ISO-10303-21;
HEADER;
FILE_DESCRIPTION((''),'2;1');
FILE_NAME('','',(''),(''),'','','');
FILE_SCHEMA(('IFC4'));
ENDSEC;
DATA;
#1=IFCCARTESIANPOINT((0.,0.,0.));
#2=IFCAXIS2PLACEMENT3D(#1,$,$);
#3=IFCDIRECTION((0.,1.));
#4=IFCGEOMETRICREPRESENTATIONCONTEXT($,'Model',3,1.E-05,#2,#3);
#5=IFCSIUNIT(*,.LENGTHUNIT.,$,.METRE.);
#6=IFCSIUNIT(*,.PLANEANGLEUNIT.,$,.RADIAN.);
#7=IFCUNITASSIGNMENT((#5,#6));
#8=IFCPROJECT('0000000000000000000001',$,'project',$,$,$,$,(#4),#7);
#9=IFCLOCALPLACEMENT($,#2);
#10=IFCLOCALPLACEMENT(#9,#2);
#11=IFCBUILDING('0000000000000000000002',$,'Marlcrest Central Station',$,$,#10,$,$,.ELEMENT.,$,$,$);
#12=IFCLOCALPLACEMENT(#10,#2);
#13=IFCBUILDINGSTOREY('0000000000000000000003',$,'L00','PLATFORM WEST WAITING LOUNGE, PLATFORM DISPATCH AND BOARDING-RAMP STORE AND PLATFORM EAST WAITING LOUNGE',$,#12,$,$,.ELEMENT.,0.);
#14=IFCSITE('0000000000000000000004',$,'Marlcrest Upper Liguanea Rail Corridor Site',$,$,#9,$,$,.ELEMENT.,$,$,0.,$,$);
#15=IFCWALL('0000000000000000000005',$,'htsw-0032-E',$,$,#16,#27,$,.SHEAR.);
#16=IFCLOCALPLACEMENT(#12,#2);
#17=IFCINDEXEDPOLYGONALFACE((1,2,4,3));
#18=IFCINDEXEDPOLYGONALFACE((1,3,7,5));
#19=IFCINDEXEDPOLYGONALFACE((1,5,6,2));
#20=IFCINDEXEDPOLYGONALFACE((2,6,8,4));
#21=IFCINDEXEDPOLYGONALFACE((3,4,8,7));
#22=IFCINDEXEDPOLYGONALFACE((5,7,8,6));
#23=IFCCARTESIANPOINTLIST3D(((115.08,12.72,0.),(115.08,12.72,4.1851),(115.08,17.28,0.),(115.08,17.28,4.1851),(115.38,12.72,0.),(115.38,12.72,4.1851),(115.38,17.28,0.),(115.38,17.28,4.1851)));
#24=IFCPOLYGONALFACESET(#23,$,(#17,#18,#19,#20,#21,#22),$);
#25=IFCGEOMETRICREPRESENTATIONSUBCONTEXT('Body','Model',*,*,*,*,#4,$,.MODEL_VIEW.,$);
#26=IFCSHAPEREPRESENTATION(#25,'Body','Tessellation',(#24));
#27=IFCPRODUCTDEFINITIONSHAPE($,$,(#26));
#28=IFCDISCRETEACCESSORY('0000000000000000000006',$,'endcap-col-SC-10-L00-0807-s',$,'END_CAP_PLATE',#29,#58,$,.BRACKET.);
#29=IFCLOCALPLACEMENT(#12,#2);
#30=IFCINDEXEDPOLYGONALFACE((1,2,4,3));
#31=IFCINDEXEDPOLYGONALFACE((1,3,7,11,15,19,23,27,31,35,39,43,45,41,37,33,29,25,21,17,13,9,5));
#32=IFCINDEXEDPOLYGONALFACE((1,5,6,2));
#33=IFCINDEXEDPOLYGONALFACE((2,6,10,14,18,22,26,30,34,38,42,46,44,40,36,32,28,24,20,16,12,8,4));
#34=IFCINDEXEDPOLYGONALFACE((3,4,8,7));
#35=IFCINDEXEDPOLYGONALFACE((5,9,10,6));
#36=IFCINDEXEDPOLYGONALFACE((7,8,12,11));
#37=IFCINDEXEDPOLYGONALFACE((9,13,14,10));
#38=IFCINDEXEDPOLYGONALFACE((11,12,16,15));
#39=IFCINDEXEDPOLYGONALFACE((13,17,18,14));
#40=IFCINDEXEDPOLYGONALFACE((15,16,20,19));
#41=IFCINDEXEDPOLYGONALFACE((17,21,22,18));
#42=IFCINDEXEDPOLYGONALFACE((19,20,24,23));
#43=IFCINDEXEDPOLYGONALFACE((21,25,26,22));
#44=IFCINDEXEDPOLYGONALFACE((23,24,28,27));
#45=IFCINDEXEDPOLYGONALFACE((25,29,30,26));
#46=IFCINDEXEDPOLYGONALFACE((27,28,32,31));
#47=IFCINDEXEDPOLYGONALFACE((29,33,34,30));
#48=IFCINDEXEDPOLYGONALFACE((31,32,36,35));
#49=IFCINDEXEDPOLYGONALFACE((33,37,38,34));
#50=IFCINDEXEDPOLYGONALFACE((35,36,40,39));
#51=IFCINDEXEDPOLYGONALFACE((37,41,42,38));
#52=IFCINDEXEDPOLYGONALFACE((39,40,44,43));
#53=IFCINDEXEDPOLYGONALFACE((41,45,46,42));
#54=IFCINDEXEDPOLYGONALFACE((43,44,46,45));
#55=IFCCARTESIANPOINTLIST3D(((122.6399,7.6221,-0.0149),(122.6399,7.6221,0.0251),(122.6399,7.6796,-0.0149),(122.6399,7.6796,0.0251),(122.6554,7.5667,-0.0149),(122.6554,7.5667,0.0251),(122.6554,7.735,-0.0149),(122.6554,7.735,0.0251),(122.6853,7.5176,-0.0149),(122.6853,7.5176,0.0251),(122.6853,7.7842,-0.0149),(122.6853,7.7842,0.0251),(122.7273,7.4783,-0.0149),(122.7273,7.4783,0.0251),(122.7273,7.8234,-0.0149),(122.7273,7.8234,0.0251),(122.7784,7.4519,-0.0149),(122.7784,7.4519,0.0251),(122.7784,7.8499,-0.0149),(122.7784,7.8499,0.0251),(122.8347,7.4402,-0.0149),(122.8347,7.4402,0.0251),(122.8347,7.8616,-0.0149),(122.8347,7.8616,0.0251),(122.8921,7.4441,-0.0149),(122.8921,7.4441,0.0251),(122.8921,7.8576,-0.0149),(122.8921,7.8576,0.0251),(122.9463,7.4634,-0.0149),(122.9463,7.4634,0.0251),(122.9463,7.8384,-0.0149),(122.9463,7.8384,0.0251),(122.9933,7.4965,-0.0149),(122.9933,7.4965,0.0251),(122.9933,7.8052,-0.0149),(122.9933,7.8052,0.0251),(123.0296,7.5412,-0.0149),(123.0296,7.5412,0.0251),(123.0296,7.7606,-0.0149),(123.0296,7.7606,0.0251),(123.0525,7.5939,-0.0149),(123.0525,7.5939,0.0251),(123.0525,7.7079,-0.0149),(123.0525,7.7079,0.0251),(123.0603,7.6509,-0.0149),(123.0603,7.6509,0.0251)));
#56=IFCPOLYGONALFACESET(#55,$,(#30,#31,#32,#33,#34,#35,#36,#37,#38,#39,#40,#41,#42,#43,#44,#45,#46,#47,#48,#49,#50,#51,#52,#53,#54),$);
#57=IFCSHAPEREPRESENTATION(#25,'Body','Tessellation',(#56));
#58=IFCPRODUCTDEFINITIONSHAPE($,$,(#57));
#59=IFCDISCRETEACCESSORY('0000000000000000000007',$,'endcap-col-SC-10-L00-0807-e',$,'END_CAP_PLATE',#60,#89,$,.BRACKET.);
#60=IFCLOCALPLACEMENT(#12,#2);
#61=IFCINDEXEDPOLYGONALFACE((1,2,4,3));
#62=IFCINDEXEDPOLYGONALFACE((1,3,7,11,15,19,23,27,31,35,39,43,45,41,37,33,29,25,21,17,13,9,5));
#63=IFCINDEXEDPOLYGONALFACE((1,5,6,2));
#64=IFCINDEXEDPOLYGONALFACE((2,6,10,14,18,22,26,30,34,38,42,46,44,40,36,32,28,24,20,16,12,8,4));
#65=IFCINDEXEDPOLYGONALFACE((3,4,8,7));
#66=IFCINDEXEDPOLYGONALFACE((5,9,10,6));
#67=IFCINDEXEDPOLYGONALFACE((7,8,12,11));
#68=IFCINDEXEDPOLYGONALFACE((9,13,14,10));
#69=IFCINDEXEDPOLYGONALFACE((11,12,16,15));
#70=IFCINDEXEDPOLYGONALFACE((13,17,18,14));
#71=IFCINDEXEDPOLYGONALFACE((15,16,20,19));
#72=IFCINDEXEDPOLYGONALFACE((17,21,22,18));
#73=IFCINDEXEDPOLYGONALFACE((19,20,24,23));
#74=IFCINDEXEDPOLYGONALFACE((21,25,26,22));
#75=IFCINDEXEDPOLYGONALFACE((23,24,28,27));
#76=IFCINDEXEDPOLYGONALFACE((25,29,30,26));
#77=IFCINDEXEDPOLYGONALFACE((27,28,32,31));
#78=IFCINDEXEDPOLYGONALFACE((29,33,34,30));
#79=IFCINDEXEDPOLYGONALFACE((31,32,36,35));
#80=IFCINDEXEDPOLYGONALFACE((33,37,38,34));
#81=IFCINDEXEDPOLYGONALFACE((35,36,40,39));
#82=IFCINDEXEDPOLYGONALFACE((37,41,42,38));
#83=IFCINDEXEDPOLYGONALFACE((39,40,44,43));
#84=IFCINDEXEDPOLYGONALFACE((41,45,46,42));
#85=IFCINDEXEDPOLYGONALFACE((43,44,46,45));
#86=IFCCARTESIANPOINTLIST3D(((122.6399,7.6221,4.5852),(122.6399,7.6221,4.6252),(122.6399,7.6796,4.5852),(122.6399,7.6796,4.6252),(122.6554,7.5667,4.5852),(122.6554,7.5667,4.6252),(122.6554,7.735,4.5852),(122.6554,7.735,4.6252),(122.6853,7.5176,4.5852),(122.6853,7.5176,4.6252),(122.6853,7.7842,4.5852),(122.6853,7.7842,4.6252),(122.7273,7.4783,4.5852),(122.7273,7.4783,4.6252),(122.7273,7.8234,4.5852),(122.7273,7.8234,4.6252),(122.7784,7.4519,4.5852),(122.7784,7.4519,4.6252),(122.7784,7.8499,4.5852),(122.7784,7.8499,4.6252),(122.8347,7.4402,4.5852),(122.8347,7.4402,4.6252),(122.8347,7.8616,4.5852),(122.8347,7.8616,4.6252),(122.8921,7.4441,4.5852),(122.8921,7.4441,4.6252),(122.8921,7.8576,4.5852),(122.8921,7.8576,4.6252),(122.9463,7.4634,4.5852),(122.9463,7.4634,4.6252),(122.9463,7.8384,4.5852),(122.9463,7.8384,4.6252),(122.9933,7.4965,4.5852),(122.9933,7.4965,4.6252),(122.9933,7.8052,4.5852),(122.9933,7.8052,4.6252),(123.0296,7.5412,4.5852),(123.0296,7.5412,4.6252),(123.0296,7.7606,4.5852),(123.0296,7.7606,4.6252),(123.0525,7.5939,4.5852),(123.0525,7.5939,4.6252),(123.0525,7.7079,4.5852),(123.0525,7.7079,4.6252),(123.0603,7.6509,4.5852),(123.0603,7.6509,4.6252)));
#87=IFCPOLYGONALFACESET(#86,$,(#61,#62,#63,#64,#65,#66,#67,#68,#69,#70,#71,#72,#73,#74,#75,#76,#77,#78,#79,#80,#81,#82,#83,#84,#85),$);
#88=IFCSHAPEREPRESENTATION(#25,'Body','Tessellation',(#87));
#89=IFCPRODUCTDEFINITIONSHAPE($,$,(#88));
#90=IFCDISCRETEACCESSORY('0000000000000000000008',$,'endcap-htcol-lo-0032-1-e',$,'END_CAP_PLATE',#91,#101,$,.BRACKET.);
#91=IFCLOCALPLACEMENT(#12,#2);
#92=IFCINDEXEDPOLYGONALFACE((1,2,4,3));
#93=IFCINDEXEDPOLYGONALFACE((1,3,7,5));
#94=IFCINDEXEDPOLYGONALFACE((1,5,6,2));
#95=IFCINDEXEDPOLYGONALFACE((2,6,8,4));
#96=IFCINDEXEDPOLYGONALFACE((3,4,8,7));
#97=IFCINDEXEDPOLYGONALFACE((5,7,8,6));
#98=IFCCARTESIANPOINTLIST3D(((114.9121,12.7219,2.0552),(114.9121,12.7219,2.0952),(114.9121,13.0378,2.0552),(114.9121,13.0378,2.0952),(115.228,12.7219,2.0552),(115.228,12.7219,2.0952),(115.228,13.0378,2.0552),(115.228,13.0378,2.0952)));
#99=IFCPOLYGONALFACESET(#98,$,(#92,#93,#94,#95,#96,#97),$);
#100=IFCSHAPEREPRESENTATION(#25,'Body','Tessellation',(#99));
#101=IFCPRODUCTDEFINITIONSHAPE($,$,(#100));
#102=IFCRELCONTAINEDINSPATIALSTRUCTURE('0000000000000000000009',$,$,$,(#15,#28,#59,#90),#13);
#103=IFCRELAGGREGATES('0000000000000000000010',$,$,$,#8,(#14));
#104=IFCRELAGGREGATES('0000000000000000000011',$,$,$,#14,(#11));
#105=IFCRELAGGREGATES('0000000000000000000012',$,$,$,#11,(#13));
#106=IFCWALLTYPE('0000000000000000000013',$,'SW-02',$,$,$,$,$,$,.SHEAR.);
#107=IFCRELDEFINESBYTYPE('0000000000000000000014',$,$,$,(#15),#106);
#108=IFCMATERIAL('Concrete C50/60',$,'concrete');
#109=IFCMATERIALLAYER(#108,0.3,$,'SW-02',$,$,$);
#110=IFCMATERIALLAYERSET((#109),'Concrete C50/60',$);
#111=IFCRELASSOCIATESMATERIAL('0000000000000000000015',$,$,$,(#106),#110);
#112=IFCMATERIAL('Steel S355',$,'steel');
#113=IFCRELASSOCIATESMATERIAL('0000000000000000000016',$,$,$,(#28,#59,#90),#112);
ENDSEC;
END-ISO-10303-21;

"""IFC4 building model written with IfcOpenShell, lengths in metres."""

from ifc_helpers import new_model, si_unit, direction, frame, frame_2d, origin, origin_2d, place, context, subcontext, project, spatial, rectangle, circle, extrude, material, layer, layer_set, type_object, element, save


model = new_model("IFC4")

# Units and contexts
model_context = context("Model", 3, precision=1e-05, world=origin(), true_north=direction((0.0, 1.0)))
body_context = subcontext(model_context, "Body", "Model", "MODEL_VIEW")
ifc_project = project(units=[si_unit("LENGTHUNIT", "METRE"), si_unit("PLANEANGLEUNIT", "RADIAN")], contexts=[model_context])

# Site, building, storey
site_placement = place(None, origin())
site = spatial("IfcSite", under=ifc_project, at=site_placement, Name="Marlcrest Upper Liguanea Rail Corridor Site", CompositionType="ELEMENT", RefElevation=0.0)
building_placement = place(site_placement, origin())
building = spatial("IfcBuilding", under=site, at=building_placement, Name="Marlcrest Central Station", CompositionType="ELEMENT")
storey_placement = place(building_placement, origin())
storey = spatial("IfcBuildingStorey", under=building, at=storey_placement, Name="L00", Description="PLATFORM WEST WAITING LOUNGE, PLATFORM DISPATCH AND BOARDING-RAMP STORE AND PLATFORM EAST WAITING LOUNGE", CompositionType="ELEMENT", Elevation=0.0)

# Shared definitions
ifc_material_1 = material(Name="Steel S355", Category="steel")

# Wall
ifc_material_2 = material(Name="Concrete C50/60", Category="concrete")
ifc_layer_1 = layer(ifc_material_2, 0.3, Name="SW-02")
ifc_layer_set_1 = layer_set([ifc_layer_1], Name="Concrete C50/60")
wall_type_1 = type_object("IfcWallType", Name="SW-02", PredefinedType="SHEAR", material=ifc_layer_set_1)
wall_1_placement = place(storey_placement, frame((115.23, 12.72, 0.0), z_axis=(0.0, 0.0, 1.0), x_axis=(0.0, 1.0, 0.0)))
element("IfcWall", 1, at=wall_1_placement, inside=storey, type_object=wall_type_1, Name="htsw-0032-E", PredefinedType="SHEAR", context=body_context, shape_type="SweptSolid", body=[
    extrude(rectangle(XDim=4.5601, YDim=0.3, at=frame_2d((2.28, 0.0))), origin(), (0.0, 0.0, 1.0), 4.1851),
])

# Discrete accessories
for number, where, z_axis, x_axis, name in (
    (2, (122.8491, 7.6509, -0.0149), (0.0, 0.0, 1.0), (1.0, 0.0, 0.0), "endcap-col-SC-10-L00-0807-s"),
    (3, (122.8491, 7.6509, 4.5852), (0.0, 0.0, 1.0), (1.0, 0.0, 0.0), "endcap-col-SC-10-L00-0807-e"),
):
    element("IfcDiscreteAccessory", number, at=place(storey_placement, frame(where, z_axis=z_axis, x_axis=x_axis)), inside=storey, material=ifc_material_1, Name=name, ObjectType="END_CAP_PLATE", PredefinedType="BRACKET", context=body_context, shape_type="SweptSolid", body=[
        extrude(circle(Radius=0.2112, at=origin_2d()), origin(), (0.0, 0.0, 1.0), 0.04),
    ])
discrete_accessory_placement = place(storey_placement, frame((115.0701, 12.8799, 2.0552), z_axis=(0.0, 0.0, 1.0), x_axis=(1.0, 0.0, 0.0)))
element("IfcDiscreteAccessory", 4, at=discrete_accessory_placement, inside=storey, material=ifc_material_1, Name="endcap-htcol-lo-0032-1-e", ObjectType="END_CAP_PLATE", PredefinedType="BRACKET", context=body_context, shape_type="SweptSolid", body=[
    extrude(rectangle(XDim=0.3159, YDim=0.3159, at=origin_2d()), origin(), (0.0, 0.0, 1.0), 0.04),
])

save(model, "model.ifc")
